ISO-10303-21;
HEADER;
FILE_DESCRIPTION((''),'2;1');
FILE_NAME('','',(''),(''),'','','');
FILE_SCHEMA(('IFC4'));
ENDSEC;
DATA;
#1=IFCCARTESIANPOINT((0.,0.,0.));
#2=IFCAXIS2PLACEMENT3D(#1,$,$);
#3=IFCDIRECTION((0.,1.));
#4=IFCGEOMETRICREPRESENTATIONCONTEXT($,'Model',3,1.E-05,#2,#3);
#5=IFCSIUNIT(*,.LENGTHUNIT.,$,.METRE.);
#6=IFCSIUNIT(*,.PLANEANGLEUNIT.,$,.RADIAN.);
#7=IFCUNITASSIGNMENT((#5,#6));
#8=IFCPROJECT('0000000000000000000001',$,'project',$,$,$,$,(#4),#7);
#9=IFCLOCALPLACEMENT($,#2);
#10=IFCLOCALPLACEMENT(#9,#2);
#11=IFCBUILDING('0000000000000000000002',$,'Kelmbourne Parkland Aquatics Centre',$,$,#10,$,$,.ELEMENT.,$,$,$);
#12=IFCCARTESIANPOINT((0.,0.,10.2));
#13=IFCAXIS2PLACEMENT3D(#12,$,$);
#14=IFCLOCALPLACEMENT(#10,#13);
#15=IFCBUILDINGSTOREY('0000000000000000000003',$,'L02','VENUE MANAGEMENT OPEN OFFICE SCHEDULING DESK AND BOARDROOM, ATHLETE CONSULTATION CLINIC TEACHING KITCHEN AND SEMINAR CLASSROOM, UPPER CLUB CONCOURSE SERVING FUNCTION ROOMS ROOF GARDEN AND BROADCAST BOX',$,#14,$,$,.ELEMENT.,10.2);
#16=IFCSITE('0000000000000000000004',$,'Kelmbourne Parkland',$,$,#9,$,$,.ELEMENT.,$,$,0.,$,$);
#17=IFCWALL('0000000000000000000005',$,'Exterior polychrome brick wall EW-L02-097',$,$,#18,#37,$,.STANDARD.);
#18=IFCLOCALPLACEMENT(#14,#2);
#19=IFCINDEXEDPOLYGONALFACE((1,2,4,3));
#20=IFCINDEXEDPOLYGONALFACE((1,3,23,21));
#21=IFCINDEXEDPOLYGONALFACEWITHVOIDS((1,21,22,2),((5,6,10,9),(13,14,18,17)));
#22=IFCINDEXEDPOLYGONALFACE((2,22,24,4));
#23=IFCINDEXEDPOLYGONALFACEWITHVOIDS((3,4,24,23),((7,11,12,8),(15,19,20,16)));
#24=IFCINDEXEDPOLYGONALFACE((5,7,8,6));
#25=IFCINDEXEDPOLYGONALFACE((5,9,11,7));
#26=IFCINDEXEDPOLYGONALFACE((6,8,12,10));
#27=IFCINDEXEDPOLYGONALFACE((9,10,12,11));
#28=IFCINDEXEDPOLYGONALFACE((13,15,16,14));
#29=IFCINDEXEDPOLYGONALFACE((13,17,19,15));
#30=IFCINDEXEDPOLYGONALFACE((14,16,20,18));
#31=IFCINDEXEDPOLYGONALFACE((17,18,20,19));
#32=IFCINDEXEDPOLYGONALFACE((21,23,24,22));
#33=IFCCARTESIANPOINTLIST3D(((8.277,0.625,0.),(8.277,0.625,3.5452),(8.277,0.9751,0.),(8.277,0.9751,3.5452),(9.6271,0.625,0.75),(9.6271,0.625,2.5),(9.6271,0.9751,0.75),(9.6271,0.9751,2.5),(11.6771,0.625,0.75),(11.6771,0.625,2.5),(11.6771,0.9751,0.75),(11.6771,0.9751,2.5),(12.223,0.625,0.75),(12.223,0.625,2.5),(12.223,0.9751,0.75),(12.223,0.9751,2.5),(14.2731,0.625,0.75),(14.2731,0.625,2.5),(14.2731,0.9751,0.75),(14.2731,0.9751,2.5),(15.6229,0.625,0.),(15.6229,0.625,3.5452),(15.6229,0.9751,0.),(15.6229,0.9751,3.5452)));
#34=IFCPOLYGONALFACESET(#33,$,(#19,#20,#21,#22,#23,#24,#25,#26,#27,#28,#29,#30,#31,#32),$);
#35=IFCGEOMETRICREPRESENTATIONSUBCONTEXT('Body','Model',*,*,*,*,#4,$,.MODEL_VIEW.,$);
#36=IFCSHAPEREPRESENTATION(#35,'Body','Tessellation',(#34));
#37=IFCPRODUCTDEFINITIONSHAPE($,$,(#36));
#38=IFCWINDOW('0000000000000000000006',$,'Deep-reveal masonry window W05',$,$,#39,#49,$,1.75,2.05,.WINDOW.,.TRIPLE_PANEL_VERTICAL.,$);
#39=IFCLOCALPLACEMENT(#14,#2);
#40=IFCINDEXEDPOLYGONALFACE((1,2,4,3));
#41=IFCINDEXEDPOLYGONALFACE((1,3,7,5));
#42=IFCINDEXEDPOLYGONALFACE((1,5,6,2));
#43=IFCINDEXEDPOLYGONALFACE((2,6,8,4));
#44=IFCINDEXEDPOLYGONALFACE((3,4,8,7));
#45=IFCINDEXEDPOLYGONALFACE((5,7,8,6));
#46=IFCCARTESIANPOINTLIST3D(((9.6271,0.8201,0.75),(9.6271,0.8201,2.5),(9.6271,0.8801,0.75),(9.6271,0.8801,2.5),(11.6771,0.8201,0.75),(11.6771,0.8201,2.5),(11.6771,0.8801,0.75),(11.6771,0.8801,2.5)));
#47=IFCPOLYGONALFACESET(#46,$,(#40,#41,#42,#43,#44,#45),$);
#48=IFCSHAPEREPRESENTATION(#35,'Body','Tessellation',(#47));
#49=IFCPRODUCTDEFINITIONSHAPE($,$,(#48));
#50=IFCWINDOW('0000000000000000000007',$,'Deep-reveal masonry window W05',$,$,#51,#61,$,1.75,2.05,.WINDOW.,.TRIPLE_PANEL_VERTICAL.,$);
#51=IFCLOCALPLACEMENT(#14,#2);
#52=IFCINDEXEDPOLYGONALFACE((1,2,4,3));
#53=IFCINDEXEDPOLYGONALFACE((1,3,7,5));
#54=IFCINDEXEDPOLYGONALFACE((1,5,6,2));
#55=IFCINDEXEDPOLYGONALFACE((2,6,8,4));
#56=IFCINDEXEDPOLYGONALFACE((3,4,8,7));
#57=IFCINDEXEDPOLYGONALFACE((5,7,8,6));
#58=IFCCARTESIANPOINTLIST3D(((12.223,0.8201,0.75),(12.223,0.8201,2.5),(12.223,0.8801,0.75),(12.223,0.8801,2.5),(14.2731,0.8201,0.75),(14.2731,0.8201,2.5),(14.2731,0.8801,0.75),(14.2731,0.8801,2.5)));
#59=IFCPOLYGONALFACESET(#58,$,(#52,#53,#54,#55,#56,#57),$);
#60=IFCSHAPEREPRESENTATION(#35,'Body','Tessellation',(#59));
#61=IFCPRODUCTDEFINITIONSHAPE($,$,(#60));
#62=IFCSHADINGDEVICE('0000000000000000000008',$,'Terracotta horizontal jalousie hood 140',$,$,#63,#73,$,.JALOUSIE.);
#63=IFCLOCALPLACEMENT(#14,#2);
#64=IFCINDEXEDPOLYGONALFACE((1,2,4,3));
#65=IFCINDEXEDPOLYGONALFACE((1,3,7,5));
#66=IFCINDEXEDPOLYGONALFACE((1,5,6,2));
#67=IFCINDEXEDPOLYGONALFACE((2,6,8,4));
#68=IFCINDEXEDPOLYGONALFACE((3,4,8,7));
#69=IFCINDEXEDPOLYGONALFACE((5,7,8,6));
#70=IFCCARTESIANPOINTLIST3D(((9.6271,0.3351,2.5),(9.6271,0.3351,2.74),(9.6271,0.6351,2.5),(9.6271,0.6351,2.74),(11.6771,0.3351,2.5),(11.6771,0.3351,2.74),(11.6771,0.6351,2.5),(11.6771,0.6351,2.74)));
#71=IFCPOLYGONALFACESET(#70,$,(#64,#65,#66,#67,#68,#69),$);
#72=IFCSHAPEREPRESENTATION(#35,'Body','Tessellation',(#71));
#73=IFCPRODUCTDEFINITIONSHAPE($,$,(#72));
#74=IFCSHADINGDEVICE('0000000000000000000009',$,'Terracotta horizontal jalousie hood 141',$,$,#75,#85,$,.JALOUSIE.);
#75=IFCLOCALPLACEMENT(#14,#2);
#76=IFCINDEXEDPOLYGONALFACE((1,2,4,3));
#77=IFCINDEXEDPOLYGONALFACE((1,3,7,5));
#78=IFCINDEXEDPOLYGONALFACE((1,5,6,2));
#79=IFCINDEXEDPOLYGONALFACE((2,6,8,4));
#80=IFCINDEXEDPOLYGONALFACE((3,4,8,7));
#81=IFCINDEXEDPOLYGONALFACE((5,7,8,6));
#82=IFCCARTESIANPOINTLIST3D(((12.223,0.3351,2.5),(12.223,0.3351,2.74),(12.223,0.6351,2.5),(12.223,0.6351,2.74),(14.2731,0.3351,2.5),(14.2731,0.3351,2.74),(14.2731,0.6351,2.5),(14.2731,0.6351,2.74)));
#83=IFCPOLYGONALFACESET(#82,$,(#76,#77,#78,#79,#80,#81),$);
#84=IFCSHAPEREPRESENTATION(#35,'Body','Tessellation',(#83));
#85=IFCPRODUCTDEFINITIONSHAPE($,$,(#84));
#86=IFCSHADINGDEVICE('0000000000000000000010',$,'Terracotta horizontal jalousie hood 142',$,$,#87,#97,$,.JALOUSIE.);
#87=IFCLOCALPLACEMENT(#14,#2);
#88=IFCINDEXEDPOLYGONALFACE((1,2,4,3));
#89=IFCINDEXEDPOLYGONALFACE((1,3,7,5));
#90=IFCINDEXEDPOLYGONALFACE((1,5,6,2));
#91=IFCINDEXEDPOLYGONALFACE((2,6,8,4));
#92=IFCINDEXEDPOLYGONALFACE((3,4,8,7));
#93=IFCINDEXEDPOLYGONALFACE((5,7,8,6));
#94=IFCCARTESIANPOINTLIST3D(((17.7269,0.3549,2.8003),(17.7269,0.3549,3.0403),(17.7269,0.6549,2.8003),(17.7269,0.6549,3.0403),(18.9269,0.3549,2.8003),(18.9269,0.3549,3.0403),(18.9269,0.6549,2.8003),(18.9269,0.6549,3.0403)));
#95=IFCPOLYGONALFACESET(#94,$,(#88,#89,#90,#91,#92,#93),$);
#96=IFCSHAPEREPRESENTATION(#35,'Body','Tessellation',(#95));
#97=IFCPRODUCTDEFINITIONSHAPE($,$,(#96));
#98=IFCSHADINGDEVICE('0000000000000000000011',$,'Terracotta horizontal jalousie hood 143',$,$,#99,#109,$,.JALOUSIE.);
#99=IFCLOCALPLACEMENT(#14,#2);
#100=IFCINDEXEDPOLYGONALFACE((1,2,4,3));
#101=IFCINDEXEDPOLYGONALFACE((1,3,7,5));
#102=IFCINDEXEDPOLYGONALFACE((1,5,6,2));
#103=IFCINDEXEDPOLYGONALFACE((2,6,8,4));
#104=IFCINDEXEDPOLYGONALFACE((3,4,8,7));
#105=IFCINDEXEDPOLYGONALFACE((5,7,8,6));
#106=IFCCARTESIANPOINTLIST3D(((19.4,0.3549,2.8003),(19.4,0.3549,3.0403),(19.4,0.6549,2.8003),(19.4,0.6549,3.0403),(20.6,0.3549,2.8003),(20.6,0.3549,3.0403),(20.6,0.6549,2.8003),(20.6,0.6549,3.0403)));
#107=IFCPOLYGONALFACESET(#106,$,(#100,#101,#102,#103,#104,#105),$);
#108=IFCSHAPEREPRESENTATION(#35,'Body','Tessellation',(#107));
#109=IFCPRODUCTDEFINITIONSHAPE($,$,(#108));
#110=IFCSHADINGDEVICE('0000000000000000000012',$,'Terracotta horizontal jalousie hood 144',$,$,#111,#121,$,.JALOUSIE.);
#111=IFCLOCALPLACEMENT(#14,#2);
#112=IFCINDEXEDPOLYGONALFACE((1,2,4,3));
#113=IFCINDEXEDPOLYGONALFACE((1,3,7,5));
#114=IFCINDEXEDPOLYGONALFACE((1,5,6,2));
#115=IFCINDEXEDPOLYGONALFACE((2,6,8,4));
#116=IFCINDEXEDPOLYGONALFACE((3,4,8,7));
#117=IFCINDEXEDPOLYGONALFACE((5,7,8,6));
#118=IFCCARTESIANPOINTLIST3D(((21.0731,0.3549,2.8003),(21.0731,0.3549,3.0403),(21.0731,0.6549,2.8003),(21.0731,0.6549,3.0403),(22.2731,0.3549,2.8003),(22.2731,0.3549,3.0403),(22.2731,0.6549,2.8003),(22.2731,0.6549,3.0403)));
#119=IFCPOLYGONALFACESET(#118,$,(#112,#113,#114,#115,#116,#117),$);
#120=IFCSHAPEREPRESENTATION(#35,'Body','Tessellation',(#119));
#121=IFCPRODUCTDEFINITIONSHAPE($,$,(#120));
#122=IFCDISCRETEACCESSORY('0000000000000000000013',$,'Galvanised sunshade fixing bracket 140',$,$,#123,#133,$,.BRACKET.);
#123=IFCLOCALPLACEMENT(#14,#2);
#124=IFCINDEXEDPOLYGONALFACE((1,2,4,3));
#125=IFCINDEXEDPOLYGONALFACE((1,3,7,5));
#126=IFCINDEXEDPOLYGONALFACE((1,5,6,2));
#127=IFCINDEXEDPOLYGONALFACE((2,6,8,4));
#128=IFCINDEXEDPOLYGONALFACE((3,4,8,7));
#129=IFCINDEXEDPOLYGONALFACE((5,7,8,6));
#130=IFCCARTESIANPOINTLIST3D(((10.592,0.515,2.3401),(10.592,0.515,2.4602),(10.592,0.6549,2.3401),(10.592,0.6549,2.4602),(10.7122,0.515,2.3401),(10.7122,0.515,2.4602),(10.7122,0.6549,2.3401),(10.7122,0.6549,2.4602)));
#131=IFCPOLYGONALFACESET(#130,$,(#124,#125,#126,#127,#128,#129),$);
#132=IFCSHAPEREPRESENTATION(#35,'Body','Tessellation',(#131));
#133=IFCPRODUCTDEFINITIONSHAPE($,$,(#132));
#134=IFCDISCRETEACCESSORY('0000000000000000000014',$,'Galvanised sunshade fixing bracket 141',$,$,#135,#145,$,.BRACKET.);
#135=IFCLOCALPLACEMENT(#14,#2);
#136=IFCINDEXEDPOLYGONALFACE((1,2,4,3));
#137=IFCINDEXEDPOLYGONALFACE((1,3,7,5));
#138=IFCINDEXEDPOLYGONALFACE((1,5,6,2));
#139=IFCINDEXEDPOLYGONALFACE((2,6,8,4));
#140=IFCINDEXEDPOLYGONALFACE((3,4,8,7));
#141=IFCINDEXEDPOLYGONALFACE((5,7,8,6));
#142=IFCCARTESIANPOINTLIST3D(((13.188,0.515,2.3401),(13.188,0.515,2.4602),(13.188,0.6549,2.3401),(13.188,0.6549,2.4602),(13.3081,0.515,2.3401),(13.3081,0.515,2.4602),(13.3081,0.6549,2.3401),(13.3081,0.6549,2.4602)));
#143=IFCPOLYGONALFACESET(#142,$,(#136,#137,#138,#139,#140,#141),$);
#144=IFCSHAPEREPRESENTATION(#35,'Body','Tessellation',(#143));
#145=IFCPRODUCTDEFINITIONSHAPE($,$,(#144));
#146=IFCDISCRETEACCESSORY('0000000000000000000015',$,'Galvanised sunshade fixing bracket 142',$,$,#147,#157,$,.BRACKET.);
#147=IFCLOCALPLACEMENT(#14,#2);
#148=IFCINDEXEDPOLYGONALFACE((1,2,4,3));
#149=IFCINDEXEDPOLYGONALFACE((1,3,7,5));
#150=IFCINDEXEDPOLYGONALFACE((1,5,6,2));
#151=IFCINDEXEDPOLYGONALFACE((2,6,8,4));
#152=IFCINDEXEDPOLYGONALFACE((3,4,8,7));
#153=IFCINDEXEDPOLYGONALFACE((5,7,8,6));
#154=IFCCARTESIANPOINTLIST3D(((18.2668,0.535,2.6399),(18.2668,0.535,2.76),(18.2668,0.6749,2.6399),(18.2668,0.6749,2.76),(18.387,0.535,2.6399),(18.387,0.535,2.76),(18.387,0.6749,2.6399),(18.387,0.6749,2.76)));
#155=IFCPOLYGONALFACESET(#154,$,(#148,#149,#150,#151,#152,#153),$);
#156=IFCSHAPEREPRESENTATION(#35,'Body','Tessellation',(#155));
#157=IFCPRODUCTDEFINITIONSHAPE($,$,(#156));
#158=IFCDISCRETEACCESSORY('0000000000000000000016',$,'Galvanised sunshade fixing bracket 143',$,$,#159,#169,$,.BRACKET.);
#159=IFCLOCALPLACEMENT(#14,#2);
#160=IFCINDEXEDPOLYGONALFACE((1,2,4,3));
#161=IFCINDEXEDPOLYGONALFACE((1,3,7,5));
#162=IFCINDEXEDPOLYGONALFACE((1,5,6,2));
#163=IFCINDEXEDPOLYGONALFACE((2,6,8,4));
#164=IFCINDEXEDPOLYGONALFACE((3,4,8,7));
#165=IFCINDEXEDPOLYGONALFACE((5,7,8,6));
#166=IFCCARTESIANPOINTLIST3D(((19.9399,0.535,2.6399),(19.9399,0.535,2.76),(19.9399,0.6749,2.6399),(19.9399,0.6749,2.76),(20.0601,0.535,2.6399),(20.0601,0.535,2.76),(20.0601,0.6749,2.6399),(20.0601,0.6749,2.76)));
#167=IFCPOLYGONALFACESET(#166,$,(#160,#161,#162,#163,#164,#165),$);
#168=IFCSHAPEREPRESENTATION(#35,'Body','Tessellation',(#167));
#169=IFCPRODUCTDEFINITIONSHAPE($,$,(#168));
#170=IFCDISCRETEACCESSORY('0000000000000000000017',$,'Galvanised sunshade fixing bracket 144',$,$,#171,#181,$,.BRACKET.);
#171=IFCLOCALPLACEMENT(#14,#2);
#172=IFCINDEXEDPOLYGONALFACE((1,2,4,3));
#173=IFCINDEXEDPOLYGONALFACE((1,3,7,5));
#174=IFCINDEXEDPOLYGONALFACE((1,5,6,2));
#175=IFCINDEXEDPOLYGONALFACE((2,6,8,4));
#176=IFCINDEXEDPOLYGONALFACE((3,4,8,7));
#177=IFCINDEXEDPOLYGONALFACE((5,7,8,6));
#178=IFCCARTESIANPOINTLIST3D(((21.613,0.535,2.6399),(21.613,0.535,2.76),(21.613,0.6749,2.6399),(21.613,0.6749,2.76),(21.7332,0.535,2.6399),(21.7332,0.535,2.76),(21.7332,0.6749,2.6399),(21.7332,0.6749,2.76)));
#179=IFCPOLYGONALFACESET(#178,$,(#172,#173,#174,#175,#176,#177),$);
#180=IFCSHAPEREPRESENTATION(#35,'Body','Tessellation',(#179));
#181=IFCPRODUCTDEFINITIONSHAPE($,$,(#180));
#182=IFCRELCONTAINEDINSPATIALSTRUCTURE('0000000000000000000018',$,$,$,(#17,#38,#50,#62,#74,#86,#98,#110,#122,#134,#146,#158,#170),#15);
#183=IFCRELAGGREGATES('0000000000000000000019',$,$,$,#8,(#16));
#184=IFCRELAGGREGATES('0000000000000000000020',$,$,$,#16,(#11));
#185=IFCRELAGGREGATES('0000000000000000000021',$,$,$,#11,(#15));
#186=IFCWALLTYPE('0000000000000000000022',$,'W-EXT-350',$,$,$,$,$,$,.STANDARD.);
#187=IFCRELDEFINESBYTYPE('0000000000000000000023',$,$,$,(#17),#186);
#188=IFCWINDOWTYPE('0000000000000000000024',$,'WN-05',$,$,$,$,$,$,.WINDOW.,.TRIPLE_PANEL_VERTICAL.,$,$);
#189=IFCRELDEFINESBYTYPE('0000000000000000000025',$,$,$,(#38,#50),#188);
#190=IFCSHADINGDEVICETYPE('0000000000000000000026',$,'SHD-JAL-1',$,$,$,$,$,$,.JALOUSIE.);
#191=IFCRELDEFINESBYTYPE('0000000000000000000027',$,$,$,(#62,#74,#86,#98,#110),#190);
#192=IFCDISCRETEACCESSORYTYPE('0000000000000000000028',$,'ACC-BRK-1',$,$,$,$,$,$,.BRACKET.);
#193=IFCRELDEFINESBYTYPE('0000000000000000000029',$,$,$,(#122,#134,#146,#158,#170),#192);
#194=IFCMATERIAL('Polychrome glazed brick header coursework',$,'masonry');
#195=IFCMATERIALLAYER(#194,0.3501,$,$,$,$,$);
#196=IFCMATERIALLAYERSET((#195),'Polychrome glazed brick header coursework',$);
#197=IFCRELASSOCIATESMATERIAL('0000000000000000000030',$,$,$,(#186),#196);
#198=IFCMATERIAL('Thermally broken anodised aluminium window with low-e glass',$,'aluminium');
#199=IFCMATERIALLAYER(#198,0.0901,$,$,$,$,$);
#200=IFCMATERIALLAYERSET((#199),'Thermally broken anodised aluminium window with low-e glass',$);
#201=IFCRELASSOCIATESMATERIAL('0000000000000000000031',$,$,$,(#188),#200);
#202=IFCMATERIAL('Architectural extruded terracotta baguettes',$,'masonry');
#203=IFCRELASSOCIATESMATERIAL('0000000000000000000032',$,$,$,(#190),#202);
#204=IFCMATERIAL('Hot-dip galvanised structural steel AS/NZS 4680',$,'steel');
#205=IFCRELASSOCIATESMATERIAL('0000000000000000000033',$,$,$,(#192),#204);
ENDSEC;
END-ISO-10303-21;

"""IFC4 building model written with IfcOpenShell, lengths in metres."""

from ifc_helpers import new_model, si_unit, direction, frame, frame_2d, origin, origin_2d, place, context, subcontext, project, spatial, rectangle, extrude, material, layer, layer_set, type_object, element, fill, save


model = new_model("IFC4")

# Units and contexts
model_context = context("Model", 3, precision=1e-05, world=origin(), true_north=direction((0.0, 1.0)))
body_context = subcontext(model_context, "Body", "Model", "MODEL_VIEW")
ifc_project = project(units=[si_unit("LENGTHUNIT", "METRE"), si_unit("PLANEANGLEUNIT", "RADIAN")], contexts=[model_context])

# Site, building, storey
site_placement = place(None, origin())
site = spatial("IfcSite", under=ifc_project, at=site_placement, Name="Kelmbourne Parkland", CompositionType="ELEMENT", RefElevation=0.0)
building_placement = place(site_placement, origin())
building = spatial("IfcBuilding", under=site, at=building_placement, Name="Kelmbourne Parkland Aquatics Centre", CompositionType="ELEMENT")
storey_placement = place(building_placement, frame((0.0, 0.0, 10.2)))
storey = spatial("IfcBuildingStorey", under=building, at=storey_placement, Name="L02", Description="VENUE MANAGEMENT OPEN OFFICE SCHEDULING DESK AND BOARDROOM, ATHLETE CONSULTATION CLINIC TEACHING KITCHEN AND SEMINAR CLASSROOM, UPPER CLUB CONCOURSE SERVING FUNCTION ROOMS ROOF GARDEN AND BROADCAST BOX", CompositionType="ELEMENT", Elevation=10.2)

# Wall, openings, windows
ifc_material_1 = material(Name="Thermally broken anodised aluminium window with low-e glass", Category="aluminium")
ifc_material_2 = material(Name="Polychrome glazed brick header coursework", Category="masonry")
ifc_layer_1 = layer(ifc_material_2, 0.3501)
ifc_layer_set_1 = layer_set([ifc_layer_1], Name="Polychrome glazed brick header coursework")
wall_type_1 = type_object("IfcWallType", Name="W-EXT-350", PredefinedType="STANDARD", material=ifc_layer_set_1)
wall_1_placement = place(storey_placement, frame((8.2771, 0.8, 0.0), z_axis=(0.0, 0.0, 1.0), x_axis=(1.0, 0.0, 0.0)))
wall_1 = element("IfcWall", 1, at=wall_1_placement, inside=storey, type_object=wall_type_1, Name="Exterior polychrome brick wall EW-L02-097", PredefinedType="STANDARD", context=body_context, shape_type="SweptSolid", body=[
    extrude(rectangle(XDim=7.3459, YDim=0.3501, at=frame_2d((3.6729, 0.0))), origin(), (0.0, 0.0, 1.0), 3.5452),
])
opening_1_placement = place(wall_1_placement, frame((1.3501, 0.0, 0.75)))
opening_1 = element("IfcOpeningElement", 2, at=opening_1_placement, cuts=wall_1, PredefinedType="OPENING", context=body_context, shape_type="SweptSolid", body=[
    extrude(rectangle(XDim=2.05, YDim=1.75, at=frame_2d((1.0249, 0.875))), frame((0.0, 0.187, 0.0), z_axis=(0.0, -1.0, 0.0), x_axis=(1.0, 0.0, 0.0)), (0.0, 0.0, 1.0), 0.374),
])
opening_2_placement = place(wall_1_placement, frame((3.946, 0.0, 0.75)))
opening_2 = element("IfcOpeningElement", 3, at=opening_2_placement, cuts=wall_1, PredefinedType="OPENING", context=body_context, shape_type="SweptSolid", body=[
    extrude(rectangle(XDim=2.05, YDim=1.75, at=frame_2d((1.0249, 0.875))), frame((0.0, 0.187, 0.0), z_axis=(0.0, -1.0, 0.0), x_axis=(1.0, 0.0, 0.0)), (0.0, 0.0, 1.0), 0.374),
])
ifc_layer_2 = layer(ifc_material_1, 0.0901)
ifc_layer_set_2 = layer_set([ifc_layer_2], Name="Thermally broken anodised aluminium window with low-e glass")
window_type_1 = type_object("IfcWindowType", Name="WN-05", PartitioningType="TRIPLE_PANEL_VERTICAL", PredefinedType="WINDOW", material=ifc_layer_set_2)
window_1_placement = place(opening_1_placement, origin())
window_1 = element("IfcWindow", 4, at=window_1_placement, inside=storey, type_object=window_type_1, Name="Deep-reveal masonry window W05", OverallHeight=1.75, OverallWidth=2.05, PartitioningType="TRIPLE_PANEL_VERTICAL", PredefinedType="WINDOW", context=body_context, shape_type="SweptSolid", body=[
    extrude(rectangle(XDim=2.05, YDim=1.75, at=frame_2d((1.0249, 0.875))), frame((0.0, 0.0801, 0.0), z_axis=(0.0, -1.0, 0.0), x_axis=(1.0, 0.0, 0.0)), (0.0, 0.0, 1.0), 0.0601),
])
fill(opening_1, window_1)
window_2_placement = place(opening_2_placement, origin())
window_2 = element("IfcWindow", 5, at=window_2_placement, inside=storey, type_object=window_type_1, Name="Deep-reveal masonry window W05", OverallHeight=1.75, OverallWidth=2.05, PartitioningType="TRIPLE_PANEL_VERTICAL", PredefinedType="WINDOW", context=body_context, shape_type="SweptSolid", body=[
    extrude(rectangle(XDim=2.05, YDim=1.75, at=frame_2d((1.0249, 0.875))), frame((0.0, 0.0801, 0.0), z_axis=(0.0, -1.0, 0.0), x_axis=(1.0, 0.0, 0.0)), (0.0, 0.0, 1.0), 0.0601),
])
fill(opening_2, window_2)

# Shading devices
ifc_material_3 = material(Name="Architectural extruded terracotta baguettes", Category="masonry")
shading_device_type = type_object("IfcShadingDeviceType", Name="SHD-JAL-1", PredefinedType="JALOUSIE", material=ifc_material_3)
for number, where, z_axis, x_axis, name in (
    (6, (10.6521, 0.4851, 2.5), (0.0, 0.0, 1.0), (1.0, 0.0, 0.0), "Terracotta horizontal jalousie hood 140"),
    (7, (13.248, 0.4851, 2.5), (0.0, 0.0, 1.0), (1.0, 0.0, 0.0), "Terracotta horizontal jalousie hood 141"),
):
    element("IfcShadingDevice", number, at=place(storey_placement, frame(where, z_axis=z_axis, x_axis=x_axis)), inside=storey, type_object=shading_device_type, Name=name, PredefinedType="JALOUSIE", context=body_context, shape_type="SweptSolid", body=[
        extrude(rectangle(XDim=2.05, YDim=0.3, at=origin_2d()), origin(), (0.0, 0.0, 1.0), 0.24),
    ])
for number, where, z_axis, x_axis, name in (
    (8, (18.3269, 0.5049, 2.8003), (0.0, 0.0, 1.0), (1.0, 0.0, 0.0), "Terracotta horizontal jalousie hood 142"),
    (9, (20.0, 0.5049, 2.8003), (0.0, 0.0, 1.0), (1.0, 0.0, 0.0), "Terracotta horizontal jalousie hood 143"),
    (10, (21.6731, 0.5049, 2.8003), (0.0, 0.0, 1.0), (1.0, 0.0, 0.0), "Terracotta horizontal jalousie hood 144"),
):
    element("IfcShadingDevice", number, at=place(storey_placement, frame(where, z_axis=z_axis, x_axis=x_axis)), inside=storey, type_object=shading_device_type, Name=name, PredefinedType="JALOUSIE", context=body_context, shape_type="SweptSolid", body=[
        extrude(rectangle(XDim=1.2, YDim=0.3, at=origin_2d()), origin(), (0.0, 0.0, 1.0), 0.24),
    ])

# Discrete accessories
ifc_material_4 = material(Name="Hot-dip galvanised structural steel AS/NZS 4680", Category="steel")
discrete_accessory_type = type_object("IfcDiscreteAccessoryType", Name="ACC-BRK-1", PredefinedType="BRACKET", material=ifc_material_4)
for number, where, z_axis, x_axis, name in (
    (11, (10.6521, 0.585, 2.3401), (0.0, 0.0, 1.0), (1.0, 0.0, 0.0), "Galvanised sunshade fixing bracket 140"),
    (12, (13.248, 0.585, 2.3401), (0.0, 0.0, 1.0), (1.0, 0.0, 0.0), "Galvanised sunshade fixing bracket 141"),
    (13, (18.3269, 0.605, 2.6399), (0.0, 0.0, 1.0), (1.0, 0.0, 0.0), "Galvanised sunshade fixing bracket 142"),
    (14, (20.0, 0.605, 2.6399), (0.0, 0.0, 1.0), (1.0, 0.0, 0.0), "Galvanised sunshade fixing bracket 143"),
    (15, (21.6731, 0.605, 2.6399), (0.0, 0.0, 1.0), (1.0, 0.0, 0.0), "Galvanised sunshade fixing bracket 144"),
):
    element("IfcDiscreteAccessory", number, at=place(storey_placement, frame(where, z_axis=z_axis, x_axis=x_axis)), inside=storey, type_object=discrete_accessory_type, Name=name, PredefinedType="BRACKET", context=body_context, shape_type="SweptSolid", body=[
        extrude(rectangle(XDim=0.1201, YDim=0.1399, at=origin_2d()), origin(), (0.0, 0.0, 1.0), 0.1201),
    ])

save(model, "model.ifc")
